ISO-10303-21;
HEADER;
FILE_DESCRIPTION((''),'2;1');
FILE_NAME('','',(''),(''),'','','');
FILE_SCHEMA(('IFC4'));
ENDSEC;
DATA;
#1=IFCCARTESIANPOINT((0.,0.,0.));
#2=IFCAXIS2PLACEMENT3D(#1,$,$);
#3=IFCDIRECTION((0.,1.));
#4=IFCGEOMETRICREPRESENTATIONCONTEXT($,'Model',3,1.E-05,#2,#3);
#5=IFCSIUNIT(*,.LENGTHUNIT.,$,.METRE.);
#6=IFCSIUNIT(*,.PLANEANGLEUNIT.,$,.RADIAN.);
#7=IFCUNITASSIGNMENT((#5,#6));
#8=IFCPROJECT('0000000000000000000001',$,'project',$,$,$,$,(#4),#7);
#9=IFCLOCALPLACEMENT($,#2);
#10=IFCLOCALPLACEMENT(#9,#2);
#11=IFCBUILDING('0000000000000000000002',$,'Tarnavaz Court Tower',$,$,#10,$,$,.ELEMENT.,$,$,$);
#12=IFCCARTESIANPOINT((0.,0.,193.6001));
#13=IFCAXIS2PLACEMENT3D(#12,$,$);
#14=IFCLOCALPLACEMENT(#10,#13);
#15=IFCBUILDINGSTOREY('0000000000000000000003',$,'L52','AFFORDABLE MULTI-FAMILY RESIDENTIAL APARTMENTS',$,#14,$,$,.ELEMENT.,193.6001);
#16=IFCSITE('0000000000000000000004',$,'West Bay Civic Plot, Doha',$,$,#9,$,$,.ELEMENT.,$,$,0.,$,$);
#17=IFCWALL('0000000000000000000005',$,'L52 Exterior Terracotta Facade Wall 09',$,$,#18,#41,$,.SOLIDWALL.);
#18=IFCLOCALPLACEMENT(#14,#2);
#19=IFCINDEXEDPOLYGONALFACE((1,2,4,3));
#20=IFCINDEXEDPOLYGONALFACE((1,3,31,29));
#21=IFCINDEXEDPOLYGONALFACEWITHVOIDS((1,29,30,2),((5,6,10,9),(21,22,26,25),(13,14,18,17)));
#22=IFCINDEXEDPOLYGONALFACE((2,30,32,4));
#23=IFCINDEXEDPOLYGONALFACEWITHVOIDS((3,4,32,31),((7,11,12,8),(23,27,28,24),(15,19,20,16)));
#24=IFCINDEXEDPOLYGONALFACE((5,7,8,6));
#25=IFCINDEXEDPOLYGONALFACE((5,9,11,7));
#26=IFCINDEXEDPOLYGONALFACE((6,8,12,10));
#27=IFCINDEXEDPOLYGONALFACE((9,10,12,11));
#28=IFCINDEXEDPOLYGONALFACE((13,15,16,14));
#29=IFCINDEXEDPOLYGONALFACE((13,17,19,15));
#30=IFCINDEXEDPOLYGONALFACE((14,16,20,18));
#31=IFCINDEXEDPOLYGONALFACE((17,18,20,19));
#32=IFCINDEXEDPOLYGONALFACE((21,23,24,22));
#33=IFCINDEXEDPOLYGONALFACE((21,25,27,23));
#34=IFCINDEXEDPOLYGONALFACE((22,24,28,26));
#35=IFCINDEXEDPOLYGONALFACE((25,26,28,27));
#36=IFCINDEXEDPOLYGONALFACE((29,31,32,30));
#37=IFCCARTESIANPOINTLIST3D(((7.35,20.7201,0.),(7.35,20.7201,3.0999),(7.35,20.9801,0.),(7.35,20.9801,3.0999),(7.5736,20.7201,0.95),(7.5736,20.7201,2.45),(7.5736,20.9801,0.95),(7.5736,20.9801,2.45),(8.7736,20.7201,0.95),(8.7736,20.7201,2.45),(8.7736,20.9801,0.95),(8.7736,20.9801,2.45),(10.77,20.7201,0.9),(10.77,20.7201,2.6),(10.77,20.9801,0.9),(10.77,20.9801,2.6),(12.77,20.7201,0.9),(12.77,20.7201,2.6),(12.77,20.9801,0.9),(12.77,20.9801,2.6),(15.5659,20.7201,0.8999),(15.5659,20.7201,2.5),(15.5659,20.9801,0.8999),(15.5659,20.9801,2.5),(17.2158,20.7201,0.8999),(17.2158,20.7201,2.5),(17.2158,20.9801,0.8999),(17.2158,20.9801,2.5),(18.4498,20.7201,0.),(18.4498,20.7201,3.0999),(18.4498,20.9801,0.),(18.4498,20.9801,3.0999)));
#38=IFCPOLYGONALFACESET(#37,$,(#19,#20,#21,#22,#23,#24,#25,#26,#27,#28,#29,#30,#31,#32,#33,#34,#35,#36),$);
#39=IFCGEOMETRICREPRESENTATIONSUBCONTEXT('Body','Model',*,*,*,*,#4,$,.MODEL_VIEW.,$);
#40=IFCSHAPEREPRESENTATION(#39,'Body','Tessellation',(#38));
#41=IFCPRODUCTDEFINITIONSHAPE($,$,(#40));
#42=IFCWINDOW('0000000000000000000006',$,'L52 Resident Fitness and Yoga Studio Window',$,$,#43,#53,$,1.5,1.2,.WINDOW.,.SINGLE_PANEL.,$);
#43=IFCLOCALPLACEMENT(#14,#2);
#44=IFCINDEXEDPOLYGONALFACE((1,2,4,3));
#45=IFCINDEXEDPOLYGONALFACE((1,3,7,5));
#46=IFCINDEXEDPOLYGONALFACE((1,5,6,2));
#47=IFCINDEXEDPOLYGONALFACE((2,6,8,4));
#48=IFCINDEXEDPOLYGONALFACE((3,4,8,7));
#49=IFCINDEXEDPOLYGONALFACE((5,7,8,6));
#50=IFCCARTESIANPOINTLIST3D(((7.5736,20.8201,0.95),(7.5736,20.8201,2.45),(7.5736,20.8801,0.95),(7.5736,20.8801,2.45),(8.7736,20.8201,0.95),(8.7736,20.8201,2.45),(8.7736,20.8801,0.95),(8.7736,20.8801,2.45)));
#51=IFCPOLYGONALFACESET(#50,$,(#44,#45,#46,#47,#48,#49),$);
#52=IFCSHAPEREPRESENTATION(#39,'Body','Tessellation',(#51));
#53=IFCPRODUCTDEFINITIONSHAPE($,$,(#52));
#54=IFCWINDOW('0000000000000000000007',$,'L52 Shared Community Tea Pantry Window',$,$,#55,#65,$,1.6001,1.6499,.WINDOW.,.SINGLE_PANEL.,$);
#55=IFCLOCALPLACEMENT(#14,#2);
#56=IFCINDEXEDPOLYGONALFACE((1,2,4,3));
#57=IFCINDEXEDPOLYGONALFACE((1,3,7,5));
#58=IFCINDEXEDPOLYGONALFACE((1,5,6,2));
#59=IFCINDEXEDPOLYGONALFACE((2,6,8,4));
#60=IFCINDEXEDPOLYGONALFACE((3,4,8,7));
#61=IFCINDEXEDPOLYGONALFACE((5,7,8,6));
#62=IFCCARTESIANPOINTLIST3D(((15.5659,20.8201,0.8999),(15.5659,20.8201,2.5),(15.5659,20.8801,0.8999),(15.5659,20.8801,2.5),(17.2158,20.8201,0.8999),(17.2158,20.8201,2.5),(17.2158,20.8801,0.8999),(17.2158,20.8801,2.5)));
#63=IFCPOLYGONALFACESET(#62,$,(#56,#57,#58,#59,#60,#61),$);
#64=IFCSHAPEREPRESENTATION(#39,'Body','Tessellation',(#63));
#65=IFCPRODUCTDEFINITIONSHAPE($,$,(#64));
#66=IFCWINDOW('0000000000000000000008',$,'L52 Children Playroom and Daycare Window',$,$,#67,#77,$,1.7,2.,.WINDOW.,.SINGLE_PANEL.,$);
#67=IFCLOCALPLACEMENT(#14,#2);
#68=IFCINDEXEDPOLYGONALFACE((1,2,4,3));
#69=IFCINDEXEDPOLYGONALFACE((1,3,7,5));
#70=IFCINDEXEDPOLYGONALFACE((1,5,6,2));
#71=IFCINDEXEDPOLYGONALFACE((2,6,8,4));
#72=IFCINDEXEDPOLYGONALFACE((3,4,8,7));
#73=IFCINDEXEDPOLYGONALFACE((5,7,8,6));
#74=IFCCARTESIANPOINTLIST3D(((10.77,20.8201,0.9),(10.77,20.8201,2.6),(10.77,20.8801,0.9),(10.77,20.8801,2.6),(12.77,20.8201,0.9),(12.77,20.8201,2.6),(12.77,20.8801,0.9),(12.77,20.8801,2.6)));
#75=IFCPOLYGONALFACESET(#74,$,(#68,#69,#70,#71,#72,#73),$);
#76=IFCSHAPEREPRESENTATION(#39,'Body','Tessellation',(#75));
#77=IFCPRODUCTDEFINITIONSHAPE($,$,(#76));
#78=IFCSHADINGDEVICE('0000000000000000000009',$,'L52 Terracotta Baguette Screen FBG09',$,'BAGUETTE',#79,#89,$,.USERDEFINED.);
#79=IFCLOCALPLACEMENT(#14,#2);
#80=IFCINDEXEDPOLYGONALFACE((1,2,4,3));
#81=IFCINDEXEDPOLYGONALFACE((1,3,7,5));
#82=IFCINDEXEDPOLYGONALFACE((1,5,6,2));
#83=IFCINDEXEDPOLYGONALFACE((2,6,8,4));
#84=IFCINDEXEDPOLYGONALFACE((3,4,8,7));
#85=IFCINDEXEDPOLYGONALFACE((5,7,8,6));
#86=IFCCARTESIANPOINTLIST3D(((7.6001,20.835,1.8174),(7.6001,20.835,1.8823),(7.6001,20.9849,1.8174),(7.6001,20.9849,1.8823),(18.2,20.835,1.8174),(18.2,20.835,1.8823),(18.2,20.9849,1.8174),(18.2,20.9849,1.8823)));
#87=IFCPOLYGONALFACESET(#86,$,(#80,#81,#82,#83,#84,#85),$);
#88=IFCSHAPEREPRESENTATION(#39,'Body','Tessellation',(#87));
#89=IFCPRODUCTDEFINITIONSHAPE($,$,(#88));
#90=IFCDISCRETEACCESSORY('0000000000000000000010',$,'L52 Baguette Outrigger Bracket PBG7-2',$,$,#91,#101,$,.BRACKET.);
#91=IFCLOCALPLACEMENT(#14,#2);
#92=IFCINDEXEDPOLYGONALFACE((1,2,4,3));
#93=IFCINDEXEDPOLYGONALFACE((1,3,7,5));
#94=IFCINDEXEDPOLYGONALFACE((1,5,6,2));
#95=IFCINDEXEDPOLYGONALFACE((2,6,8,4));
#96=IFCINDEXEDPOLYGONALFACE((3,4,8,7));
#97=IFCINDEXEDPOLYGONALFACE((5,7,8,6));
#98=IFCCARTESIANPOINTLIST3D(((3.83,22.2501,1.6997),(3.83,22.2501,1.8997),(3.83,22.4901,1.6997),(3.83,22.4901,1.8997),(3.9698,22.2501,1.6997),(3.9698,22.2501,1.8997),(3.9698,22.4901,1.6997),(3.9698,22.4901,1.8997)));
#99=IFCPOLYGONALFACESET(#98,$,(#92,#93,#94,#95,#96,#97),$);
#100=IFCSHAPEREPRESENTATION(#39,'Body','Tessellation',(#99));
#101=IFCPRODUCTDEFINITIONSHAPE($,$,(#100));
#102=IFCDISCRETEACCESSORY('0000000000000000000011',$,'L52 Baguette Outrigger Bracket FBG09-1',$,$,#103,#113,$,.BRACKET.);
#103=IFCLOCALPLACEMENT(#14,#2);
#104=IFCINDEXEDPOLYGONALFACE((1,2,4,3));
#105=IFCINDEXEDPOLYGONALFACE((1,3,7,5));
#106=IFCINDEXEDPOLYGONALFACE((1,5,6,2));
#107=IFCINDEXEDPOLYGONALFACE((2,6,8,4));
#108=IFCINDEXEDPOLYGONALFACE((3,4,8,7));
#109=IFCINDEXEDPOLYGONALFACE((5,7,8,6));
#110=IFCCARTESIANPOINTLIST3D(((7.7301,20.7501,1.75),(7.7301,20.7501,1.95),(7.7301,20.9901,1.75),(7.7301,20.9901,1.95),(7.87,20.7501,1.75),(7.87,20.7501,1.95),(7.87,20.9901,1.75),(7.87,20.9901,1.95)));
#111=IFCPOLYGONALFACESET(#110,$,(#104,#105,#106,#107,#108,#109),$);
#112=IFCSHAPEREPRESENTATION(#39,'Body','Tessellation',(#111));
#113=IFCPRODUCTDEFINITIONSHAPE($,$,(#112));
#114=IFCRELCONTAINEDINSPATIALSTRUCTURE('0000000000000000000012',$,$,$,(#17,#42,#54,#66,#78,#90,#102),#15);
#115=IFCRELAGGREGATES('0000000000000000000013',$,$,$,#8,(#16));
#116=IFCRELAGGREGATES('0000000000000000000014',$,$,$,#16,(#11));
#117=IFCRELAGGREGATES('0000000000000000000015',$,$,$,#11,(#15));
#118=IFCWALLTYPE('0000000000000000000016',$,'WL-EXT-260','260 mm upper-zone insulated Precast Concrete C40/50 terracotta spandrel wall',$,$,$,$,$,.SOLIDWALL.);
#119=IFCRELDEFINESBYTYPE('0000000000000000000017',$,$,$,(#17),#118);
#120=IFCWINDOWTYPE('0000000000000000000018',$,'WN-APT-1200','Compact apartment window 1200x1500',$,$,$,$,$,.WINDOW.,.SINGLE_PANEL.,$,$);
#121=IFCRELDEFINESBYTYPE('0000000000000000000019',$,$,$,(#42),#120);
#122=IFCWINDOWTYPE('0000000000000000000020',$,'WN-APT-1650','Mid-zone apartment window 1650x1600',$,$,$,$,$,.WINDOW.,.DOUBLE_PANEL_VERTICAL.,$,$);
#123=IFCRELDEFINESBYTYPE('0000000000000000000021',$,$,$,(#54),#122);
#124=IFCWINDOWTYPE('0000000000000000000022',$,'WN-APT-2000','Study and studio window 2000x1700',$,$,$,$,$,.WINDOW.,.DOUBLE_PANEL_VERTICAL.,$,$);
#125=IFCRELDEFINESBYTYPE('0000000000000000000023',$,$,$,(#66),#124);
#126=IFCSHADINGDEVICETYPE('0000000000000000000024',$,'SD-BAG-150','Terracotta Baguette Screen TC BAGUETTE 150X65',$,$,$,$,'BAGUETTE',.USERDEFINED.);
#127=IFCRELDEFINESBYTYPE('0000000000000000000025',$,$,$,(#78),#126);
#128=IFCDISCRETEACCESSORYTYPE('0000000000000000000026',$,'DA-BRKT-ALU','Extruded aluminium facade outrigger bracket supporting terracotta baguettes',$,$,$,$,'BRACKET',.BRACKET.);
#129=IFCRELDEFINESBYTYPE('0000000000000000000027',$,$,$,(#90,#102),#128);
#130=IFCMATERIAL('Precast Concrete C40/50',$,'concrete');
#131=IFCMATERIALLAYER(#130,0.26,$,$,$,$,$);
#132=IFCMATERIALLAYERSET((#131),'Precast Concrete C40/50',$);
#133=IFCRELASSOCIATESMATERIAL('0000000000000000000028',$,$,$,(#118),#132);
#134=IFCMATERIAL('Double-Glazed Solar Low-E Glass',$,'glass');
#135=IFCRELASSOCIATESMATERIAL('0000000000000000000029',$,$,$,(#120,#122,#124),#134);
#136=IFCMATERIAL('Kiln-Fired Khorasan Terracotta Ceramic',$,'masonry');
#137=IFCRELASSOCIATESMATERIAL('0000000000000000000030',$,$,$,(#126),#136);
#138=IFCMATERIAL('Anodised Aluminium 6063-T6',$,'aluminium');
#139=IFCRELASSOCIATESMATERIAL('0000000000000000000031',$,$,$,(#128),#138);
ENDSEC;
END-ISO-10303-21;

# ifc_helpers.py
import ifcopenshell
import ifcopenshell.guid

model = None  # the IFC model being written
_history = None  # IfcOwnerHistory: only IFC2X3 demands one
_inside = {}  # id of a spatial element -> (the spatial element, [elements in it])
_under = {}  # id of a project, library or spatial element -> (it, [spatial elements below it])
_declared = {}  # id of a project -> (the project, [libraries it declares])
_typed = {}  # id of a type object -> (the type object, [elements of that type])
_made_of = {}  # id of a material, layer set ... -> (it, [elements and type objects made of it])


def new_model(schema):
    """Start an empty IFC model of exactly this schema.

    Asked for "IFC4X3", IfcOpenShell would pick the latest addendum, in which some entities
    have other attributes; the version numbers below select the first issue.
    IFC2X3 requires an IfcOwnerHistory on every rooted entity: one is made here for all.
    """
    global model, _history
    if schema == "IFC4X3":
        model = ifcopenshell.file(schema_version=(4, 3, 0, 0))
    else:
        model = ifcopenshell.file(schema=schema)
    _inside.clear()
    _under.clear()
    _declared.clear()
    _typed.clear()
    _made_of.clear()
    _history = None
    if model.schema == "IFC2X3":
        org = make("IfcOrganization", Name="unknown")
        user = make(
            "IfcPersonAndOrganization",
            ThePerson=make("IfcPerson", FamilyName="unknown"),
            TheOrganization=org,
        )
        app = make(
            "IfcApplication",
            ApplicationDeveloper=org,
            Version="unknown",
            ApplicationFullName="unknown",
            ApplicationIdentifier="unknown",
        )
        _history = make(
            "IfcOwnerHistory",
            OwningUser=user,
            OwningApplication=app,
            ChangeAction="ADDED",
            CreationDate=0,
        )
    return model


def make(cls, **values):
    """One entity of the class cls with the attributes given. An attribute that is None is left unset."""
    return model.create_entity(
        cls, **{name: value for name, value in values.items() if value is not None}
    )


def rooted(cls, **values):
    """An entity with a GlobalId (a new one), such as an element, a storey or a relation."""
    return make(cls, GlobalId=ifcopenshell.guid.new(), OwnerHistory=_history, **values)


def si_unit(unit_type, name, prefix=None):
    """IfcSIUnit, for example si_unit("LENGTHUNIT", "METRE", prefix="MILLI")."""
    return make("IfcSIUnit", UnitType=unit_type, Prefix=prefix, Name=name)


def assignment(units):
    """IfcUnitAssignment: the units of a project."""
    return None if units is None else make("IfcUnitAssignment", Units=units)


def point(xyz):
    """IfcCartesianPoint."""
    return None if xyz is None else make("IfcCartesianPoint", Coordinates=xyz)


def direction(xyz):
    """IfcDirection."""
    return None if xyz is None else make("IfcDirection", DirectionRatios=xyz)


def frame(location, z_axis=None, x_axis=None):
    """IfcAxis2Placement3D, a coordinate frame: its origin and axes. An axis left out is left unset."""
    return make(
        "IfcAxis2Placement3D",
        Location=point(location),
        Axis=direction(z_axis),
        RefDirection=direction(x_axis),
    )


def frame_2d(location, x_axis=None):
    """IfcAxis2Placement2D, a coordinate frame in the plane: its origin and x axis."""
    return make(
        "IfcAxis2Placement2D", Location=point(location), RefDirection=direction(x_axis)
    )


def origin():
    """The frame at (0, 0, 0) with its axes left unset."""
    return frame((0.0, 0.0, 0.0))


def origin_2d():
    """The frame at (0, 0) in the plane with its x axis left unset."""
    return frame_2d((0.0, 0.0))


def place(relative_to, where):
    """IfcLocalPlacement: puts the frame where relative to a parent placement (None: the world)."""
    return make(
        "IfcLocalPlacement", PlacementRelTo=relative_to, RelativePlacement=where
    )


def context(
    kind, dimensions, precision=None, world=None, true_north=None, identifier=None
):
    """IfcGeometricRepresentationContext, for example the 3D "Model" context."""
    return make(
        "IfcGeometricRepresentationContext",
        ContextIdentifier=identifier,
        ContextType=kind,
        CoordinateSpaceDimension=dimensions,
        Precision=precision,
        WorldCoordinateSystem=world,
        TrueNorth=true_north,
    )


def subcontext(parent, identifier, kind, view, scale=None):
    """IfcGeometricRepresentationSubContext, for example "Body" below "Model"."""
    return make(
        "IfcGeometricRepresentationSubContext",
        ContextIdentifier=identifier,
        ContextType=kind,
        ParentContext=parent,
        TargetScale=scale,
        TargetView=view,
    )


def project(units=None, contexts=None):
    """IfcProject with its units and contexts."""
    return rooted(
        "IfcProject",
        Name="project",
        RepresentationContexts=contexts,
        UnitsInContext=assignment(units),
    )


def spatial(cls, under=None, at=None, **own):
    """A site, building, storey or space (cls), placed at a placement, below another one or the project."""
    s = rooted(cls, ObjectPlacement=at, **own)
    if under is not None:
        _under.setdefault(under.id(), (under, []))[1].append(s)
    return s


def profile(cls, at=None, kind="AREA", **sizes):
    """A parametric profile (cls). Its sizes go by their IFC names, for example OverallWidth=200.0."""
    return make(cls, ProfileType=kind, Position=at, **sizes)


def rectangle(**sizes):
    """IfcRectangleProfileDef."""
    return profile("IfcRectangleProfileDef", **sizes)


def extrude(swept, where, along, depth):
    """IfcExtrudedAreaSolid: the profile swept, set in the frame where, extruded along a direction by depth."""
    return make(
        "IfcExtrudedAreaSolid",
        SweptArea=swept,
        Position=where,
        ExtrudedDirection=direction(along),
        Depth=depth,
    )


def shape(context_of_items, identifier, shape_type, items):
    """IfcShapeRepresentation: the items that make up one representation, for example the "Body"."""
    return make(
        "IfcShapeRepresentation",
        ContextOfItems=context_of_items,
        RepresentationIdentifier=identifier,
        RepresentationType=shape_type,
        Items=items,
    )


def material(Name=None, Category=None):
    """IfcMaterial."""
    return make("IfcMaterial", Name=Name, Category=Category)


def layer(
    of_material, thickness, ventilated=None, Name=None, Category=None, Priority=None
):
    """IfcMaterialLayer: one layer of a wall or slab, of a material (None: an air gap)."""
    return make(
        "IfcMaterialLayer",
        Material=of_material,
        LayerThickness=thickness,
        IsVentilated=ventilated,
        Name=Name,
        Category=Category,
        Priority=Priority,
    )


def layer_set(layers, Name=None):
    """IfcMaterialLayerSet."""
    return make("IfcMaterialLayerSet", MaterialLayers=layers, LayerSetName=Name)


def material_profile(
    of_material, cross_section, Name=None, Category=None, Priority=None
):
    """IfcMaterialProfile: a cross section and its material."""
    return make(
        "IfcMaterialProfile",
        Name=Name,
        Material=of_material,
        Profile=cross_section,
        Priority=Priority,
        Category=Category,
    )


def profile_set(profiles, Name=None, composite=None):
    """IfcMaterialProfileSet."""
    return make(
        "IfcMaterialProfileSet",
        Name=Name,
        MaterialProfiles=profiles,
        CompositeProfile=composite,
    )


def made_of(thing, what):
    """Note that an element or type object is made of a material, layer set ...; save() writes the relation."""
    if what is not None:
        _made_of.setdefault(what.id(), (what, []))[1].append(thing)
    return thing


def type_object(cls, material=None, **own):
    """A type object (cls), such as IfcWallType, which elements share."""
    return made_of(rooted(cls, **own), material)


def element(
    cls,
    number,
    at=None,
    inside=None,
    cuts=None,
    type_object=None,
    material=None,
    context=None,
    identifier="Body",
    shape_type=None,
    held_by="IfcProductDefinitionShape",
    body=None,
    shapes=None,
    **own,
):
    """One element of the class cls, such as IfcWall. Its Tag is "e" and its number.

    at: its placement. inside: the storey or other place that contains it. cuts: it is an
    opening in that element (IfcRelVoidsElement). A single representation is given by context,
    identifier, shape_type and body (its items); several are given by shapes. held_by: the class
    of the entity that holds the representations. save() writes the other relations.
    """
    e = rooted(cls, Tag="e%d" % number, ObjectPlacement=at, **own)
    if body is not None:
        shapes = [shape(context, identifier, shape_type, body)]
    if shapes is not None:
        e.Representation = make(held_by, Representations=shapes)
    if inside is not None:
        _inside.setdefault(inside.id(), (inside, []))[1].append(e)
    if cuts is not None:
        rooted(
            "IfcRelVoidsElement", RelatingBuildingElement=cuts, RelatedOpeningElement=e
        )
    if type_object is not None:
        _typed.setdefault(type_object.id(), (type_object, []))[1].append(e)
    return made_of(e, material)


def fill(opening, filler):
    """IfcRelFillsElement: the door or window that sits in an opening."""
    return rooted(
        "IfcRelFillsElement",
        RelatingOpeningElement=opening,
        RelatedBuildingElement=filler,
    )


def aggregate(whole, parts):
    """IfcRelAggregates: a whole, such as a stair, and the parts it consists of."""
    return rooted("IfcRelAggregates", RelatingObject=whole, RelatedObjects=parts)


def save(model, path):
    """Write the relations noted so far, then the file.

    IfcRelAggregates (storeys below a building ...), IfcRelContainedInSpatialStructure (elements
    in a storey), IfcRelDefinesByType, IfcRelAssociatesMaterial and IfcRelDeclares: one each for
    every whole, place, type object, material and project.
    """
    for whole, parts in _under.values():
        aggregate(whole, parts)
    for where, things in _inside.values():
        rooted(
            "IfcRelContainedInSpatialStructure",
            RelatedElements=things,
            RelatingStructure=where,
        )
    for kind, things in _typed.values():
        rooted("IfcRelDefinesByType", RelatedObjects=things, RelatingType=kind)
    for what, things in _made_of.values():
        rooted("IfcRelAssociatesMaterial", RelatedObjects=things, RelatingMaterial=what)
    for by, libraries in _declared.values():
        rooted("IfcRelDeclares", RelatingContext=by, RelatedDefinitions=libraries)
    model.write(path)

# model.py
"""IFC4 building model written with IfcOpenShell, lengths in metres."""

from ifc_helpers import new_model, si_unit, direction, frame, frame_2d, origin, origin_2d, place, context, subcontext, project, spatial, rectangle, extrude, material, layer, layer_set, material_profile, profile_set, type_object, element, fill, save


model = new_model("IFC4")

# Units and contexts
model_context = context("Model", 3, precision=1e-05, world=origin(), true_north=direction((0.0, 1.0)))
body_context = subcontext(model_context, "Body", "Model", "MODEL_VIEW")
ifc_project = project(units=[si_unit("LENGTHUNIT", "METRE"), si_unit("PLANEANGLEUNIT", "RADIAN")], contexts=[model_context])

# Site, building, storey
site_placement = place(None, origin())
site = spatial("IfcSite", under=ifc_project, at=site_placement, Name="West Bay Civic Plot, Doha", CompositionType="ELEMENT", RefElevation=0.0)
building_placement = place(site_placement, origin())
building = spatial("IfcBuilding", under=site, at=building_placement, Name="Tarnavaz Court Tower", CompositionType="ELEMENT")
storey_placement = place(building_placement, frame((0.0, 0.0, 193.6001)))
storey = spatial("IfcBuildingStorey", under=building, at=storey_placement, Name="L52", Description="AFFORDABLE MULTI-FAMILY RESIDENTIAL APARTMENTS", CompositionType="ELEMENT", Elevation=193.6001)

# Shared definitions
ifc_material_1 = material(Name="Anodised Aluminium 6063-T6", Category="aluminium")
ifc_material_2 = material(Name="Double-Glazed Solar Low-E Glass", Category="glass")

# Shared definitions
ifc_material_3 = material(Name="Precast Concrete C40/50", Category="concrete")
ifc_layer_1 = layer(ifc_material_3, 0.26)
ifc_layer_set_1 = layer_set([ifc_layer_1], Name="Precast Concrete C40/50")
wall_type = type_object("IfcWallType", Name="WL-EXT-260", Description="260 mm upper-zone insulated Precast Concrete C40/50 terracotta spandrel wall", PredefinedType="SOLIDWALL", material=ifc_layer_set_1)
window_type_1 = type_object("IfcWindowType", Name="WN-APT-1200", Description="Compact apartment window 1200x1500", PartitioningType="SINGLE_PANEL", PredefinedType="WINDOW", material=ifc_material_2)

# Wall, openings, windows
wall_1_placement = place(storey_placement, frame((7.3501, 20.8501, 0.0), z_axis=(0.0, 0.0, 1.0), x_axis=(1.0, 0.0, 0.0)))
wall_1 = element("IfcWall", 1, at=wall_1_placement, inside=storey, type_object=wall_type, Name="L52 Exterior Terracotta Facade Wall 09", PredefinedType="SOLIDWALL", context=body_context, shape_type="SweptSolid", body=[
    extrude(rectangle(XDim=11.0999, YDim=0.26, at=frame_2d((5.5498, 0.0))), origin(), (0.0, 0.0, 1.0), 3.0999),
])
opening_1_placement = place(wall_1_placement, frame((0.2234, 0.0, 0.95)))
opening_1 = element("IfcOpeningElement", 2, at=opening_1_placement, cuts=wall_1, PredefinedType="OPENING", context=body_context, shape_type="SweptSolid", body=[
    extrude(rectangle(XDim=1.2, YDim=1.5, at=frame_2d((0.6001, 0.75))), frame((0.0, 0.1399, 0.0), z_axis=(0.0, -1.0, 0.0), x_axis=(1.0, 0.0, 0.0)), (0.0, 0.0, 1.0), 0.28),
])
opening_2_placement = place(wall_1_placement, frame((3.4199, 0.0, 0.8999)))
opening_2 = element("IfcOpeningElement", 3, at=opening_2_placement, cuts=wall_1, PredefinedType="OPENING", context=body_context, shape_type="SweptSolid", body=[
    extrude(rectangle(XDim=2.0, YDim=1.7, at=frame_2d((1.0, 0.8501))), frame((0.0, 0.1399, 0.0), z_axis=(0.0, -1.0, 0.0), x_axis=(1.0, 0.0, 0.0)), (0.0, 0.0, 1.0), 0.28),
])
opening_3_placement = place(wall_1_placement, frame((8.2158, 0.0, 0.8999)))
opening_3 = element("IfcOpeningElement", 4, at=opening_3_placement, cuts=wall_1, PredefinedType="OPENING", context=body_context, shape_type="SweptSolid", body=[
    extrude(rectangle(XDim=1.6499, YDim=1.6001, at=frame_2d((0.825, 0.8))), frame((0.0, 0.1399, 0.0), z_axis=(0.0, -1.0, 0.0), x_axis=(1.0, 0.0, 0.0)), (0.0, 0.0, 1.0), 0.28),
])
window_1_placement = place(opening_1_placement, origin())
window_1 = element("IfcWindow", 5, at=window_1_placement, inside=storey, type_object=window_type_1, Name="L52 Resident Fitness and Yoga Studio Window", OverallHeight=1.5, OverallWidth=1.2, PartitioningType="SINGLE_PANEL", PredefinedType="WINDOW", context=body_context, shape_type="SweptSolid", body=[
    extrude(rectangle(XDim=1.2, YDim=1.5, at=frame_2d((0.6001, 0.75))), frame((0.0, 0.03, 0.0), z_axis=(0.0, -1.0, 0.0), x_axis=(1.0, 0.0, 0.0)), (0.0, 0.0, 1.0), 0.0601),
])
fill(opening_1, window_1)
window_type_2 = type_object("IfcWindowType", Name="WN-APT-1650", Description="Mid-zone apartment window 1650x1600", PartitioningType="DOUBLE_PANEL_VERTICAL", PredefinedType="WINDOW", material=ifc_material_2)
window_2_placement = place(opening_3_placement, origin())
window_2 = element("IfcWindow", 6, at=window_2_placement, inside=storey, type_object=window_type_2, Name="L52 Shared Community Tea Pantry Window", OverallHeight=1.6001, OverallWidth=1.6499, PartitioningType="SINGLE_PANEL", PredefinedType="WINDOW", context=body_context, shape_type="SweptSolid", body=[
    extrude(rectangle(XDim=1.6499, YDim=1.6001, at=frame_2d((0.825, 0.8))), frame((0.0, 0.03, 0.0), z_axis=(0.0, -1.0, 0.0), x_axis=(1.0, 0.0, 0.0)), (0.0, 0.0, 1.0), 0.0601),
])
fill(opening_3, window_2)
window_type_3 = type_object("IfcWindowType", Name="WN-APT-2000", Description="Study and studio window 2000x1700", PartitioningType="DOUBLE_PANEL_VERTICAL", PredefinedType="WINDOW", material=ifc_material_2)
window_3_placement = place(opening_2_placement, origin())
window_3 = element("IfcWindow", 7, at=window_3_placement, inside=storey, type_object=window_type_3, Name="L52 Children Playroom and Daycare Window", OverallHeight=1.7, OverallWidth=2.0, PartitioningType="SINGLE_PANEL", PredefinedType="WINDOW", context=body_context, shape_type="SweptSolid", body=[
    extrude(rectangle(XDim=2.0, YDim=1.7, at=frame_2d((1.0, 0.8501))), frame((0.0, 0.03, 0.0), z_axis=(0.0, -1.0, 0.0), x_axis=(1.0, 0.0, 0.0)), (0.0, 0.0, 1.0), 0.0601),
])
fill(opening_2, window_3)

# Shading device
ifc_material_4 = material(Name="Kiln-Fired Khorasan Terracotta Ceramic", Category="masonry")
ifc_material_profile_1 = material_profile(ifc_material_4, rectangle(XDim=0.1499, YDim=0.0649, at=origin_2d()), Name="TC BAGUETTE 150X65")
ifc_profile_set_1 = profile_set([ifc_material_profile_1], Name="Kiln-Fired Khorasan Terracotta Ceramic")
shading_device_type = type_object("IfcShadingDeviceType", Name="SD-BAG-150", Description="Terracotta Baguette Screen TC BAGUETTE 150X65", ElementType="BAGUETTE", PredefinedType="USERDEFINED", material=ifc_profile_set_1)
shading_device_placement = place(storey_placement, frame((7.6001, 20.9099, 1.8499), z_axis=(1.0, 0.0, 0.0), x_axis=(0.0, 1.0, 0.0)))
element("IfcShadingDevice", 8, at=shading_device_placement, inside=storey, type_object=shading_device_type, Name="L52 Terracotta Baguette Screen FBG09", ObjectType="BAGUETTE", PredefinedType="USERDEFINED", context=body_context, shape_type="SweptSolid", body=[
    extrude(rectangle(XDim=0.1499, YDim=0.0649, at=origin_2d()), origin(), (0.0, 0.0, 1.0), 10.5999),
])

# Discrete accessories
discrete_accessory_type = type_object("IfcDiscreteAccessoryType", Name="DA-BRKT-ALU", Description="Extruded aluminium facade outrigger bracket supporting terracotta baguettes", ElementType="BRACKET", PredefinedType="BRACKET", material=ifc_material_1)
for number, where, z_axis, x_axis, name in (
    (9, (3.8999, 22.3701, 1.6997), (0.0, 0.0, 1.0), (1.0, 0.0, 0.0), "L52 Baguette Outrigger Bracket PBG7-2"),
    (10, (7.8, 20.8701, 1.75), (0.0, 0.0, 1.0), (1.0, 0.0, 0.0), "L52 Baguette Outrigger Bracket FBG09-1"),
):
    element("IfcDiscreteAccessory", number, at=place(storey_placement, frame(where, z_axis=z_axis, x_axis=x_axis)), inside=storey, type_object=discrete_accessory_type, Name=name, PredefinedType="BRACKET", context=body_context, shape_type="SweptSolid", body=[
        extrude(rectangle(XDim=0.1399, YDim=0.24, at=origin_2d()), origin(), (0.0, 0.0, 1.0), 0.2),
    ])

save(model, "model.ifc")
